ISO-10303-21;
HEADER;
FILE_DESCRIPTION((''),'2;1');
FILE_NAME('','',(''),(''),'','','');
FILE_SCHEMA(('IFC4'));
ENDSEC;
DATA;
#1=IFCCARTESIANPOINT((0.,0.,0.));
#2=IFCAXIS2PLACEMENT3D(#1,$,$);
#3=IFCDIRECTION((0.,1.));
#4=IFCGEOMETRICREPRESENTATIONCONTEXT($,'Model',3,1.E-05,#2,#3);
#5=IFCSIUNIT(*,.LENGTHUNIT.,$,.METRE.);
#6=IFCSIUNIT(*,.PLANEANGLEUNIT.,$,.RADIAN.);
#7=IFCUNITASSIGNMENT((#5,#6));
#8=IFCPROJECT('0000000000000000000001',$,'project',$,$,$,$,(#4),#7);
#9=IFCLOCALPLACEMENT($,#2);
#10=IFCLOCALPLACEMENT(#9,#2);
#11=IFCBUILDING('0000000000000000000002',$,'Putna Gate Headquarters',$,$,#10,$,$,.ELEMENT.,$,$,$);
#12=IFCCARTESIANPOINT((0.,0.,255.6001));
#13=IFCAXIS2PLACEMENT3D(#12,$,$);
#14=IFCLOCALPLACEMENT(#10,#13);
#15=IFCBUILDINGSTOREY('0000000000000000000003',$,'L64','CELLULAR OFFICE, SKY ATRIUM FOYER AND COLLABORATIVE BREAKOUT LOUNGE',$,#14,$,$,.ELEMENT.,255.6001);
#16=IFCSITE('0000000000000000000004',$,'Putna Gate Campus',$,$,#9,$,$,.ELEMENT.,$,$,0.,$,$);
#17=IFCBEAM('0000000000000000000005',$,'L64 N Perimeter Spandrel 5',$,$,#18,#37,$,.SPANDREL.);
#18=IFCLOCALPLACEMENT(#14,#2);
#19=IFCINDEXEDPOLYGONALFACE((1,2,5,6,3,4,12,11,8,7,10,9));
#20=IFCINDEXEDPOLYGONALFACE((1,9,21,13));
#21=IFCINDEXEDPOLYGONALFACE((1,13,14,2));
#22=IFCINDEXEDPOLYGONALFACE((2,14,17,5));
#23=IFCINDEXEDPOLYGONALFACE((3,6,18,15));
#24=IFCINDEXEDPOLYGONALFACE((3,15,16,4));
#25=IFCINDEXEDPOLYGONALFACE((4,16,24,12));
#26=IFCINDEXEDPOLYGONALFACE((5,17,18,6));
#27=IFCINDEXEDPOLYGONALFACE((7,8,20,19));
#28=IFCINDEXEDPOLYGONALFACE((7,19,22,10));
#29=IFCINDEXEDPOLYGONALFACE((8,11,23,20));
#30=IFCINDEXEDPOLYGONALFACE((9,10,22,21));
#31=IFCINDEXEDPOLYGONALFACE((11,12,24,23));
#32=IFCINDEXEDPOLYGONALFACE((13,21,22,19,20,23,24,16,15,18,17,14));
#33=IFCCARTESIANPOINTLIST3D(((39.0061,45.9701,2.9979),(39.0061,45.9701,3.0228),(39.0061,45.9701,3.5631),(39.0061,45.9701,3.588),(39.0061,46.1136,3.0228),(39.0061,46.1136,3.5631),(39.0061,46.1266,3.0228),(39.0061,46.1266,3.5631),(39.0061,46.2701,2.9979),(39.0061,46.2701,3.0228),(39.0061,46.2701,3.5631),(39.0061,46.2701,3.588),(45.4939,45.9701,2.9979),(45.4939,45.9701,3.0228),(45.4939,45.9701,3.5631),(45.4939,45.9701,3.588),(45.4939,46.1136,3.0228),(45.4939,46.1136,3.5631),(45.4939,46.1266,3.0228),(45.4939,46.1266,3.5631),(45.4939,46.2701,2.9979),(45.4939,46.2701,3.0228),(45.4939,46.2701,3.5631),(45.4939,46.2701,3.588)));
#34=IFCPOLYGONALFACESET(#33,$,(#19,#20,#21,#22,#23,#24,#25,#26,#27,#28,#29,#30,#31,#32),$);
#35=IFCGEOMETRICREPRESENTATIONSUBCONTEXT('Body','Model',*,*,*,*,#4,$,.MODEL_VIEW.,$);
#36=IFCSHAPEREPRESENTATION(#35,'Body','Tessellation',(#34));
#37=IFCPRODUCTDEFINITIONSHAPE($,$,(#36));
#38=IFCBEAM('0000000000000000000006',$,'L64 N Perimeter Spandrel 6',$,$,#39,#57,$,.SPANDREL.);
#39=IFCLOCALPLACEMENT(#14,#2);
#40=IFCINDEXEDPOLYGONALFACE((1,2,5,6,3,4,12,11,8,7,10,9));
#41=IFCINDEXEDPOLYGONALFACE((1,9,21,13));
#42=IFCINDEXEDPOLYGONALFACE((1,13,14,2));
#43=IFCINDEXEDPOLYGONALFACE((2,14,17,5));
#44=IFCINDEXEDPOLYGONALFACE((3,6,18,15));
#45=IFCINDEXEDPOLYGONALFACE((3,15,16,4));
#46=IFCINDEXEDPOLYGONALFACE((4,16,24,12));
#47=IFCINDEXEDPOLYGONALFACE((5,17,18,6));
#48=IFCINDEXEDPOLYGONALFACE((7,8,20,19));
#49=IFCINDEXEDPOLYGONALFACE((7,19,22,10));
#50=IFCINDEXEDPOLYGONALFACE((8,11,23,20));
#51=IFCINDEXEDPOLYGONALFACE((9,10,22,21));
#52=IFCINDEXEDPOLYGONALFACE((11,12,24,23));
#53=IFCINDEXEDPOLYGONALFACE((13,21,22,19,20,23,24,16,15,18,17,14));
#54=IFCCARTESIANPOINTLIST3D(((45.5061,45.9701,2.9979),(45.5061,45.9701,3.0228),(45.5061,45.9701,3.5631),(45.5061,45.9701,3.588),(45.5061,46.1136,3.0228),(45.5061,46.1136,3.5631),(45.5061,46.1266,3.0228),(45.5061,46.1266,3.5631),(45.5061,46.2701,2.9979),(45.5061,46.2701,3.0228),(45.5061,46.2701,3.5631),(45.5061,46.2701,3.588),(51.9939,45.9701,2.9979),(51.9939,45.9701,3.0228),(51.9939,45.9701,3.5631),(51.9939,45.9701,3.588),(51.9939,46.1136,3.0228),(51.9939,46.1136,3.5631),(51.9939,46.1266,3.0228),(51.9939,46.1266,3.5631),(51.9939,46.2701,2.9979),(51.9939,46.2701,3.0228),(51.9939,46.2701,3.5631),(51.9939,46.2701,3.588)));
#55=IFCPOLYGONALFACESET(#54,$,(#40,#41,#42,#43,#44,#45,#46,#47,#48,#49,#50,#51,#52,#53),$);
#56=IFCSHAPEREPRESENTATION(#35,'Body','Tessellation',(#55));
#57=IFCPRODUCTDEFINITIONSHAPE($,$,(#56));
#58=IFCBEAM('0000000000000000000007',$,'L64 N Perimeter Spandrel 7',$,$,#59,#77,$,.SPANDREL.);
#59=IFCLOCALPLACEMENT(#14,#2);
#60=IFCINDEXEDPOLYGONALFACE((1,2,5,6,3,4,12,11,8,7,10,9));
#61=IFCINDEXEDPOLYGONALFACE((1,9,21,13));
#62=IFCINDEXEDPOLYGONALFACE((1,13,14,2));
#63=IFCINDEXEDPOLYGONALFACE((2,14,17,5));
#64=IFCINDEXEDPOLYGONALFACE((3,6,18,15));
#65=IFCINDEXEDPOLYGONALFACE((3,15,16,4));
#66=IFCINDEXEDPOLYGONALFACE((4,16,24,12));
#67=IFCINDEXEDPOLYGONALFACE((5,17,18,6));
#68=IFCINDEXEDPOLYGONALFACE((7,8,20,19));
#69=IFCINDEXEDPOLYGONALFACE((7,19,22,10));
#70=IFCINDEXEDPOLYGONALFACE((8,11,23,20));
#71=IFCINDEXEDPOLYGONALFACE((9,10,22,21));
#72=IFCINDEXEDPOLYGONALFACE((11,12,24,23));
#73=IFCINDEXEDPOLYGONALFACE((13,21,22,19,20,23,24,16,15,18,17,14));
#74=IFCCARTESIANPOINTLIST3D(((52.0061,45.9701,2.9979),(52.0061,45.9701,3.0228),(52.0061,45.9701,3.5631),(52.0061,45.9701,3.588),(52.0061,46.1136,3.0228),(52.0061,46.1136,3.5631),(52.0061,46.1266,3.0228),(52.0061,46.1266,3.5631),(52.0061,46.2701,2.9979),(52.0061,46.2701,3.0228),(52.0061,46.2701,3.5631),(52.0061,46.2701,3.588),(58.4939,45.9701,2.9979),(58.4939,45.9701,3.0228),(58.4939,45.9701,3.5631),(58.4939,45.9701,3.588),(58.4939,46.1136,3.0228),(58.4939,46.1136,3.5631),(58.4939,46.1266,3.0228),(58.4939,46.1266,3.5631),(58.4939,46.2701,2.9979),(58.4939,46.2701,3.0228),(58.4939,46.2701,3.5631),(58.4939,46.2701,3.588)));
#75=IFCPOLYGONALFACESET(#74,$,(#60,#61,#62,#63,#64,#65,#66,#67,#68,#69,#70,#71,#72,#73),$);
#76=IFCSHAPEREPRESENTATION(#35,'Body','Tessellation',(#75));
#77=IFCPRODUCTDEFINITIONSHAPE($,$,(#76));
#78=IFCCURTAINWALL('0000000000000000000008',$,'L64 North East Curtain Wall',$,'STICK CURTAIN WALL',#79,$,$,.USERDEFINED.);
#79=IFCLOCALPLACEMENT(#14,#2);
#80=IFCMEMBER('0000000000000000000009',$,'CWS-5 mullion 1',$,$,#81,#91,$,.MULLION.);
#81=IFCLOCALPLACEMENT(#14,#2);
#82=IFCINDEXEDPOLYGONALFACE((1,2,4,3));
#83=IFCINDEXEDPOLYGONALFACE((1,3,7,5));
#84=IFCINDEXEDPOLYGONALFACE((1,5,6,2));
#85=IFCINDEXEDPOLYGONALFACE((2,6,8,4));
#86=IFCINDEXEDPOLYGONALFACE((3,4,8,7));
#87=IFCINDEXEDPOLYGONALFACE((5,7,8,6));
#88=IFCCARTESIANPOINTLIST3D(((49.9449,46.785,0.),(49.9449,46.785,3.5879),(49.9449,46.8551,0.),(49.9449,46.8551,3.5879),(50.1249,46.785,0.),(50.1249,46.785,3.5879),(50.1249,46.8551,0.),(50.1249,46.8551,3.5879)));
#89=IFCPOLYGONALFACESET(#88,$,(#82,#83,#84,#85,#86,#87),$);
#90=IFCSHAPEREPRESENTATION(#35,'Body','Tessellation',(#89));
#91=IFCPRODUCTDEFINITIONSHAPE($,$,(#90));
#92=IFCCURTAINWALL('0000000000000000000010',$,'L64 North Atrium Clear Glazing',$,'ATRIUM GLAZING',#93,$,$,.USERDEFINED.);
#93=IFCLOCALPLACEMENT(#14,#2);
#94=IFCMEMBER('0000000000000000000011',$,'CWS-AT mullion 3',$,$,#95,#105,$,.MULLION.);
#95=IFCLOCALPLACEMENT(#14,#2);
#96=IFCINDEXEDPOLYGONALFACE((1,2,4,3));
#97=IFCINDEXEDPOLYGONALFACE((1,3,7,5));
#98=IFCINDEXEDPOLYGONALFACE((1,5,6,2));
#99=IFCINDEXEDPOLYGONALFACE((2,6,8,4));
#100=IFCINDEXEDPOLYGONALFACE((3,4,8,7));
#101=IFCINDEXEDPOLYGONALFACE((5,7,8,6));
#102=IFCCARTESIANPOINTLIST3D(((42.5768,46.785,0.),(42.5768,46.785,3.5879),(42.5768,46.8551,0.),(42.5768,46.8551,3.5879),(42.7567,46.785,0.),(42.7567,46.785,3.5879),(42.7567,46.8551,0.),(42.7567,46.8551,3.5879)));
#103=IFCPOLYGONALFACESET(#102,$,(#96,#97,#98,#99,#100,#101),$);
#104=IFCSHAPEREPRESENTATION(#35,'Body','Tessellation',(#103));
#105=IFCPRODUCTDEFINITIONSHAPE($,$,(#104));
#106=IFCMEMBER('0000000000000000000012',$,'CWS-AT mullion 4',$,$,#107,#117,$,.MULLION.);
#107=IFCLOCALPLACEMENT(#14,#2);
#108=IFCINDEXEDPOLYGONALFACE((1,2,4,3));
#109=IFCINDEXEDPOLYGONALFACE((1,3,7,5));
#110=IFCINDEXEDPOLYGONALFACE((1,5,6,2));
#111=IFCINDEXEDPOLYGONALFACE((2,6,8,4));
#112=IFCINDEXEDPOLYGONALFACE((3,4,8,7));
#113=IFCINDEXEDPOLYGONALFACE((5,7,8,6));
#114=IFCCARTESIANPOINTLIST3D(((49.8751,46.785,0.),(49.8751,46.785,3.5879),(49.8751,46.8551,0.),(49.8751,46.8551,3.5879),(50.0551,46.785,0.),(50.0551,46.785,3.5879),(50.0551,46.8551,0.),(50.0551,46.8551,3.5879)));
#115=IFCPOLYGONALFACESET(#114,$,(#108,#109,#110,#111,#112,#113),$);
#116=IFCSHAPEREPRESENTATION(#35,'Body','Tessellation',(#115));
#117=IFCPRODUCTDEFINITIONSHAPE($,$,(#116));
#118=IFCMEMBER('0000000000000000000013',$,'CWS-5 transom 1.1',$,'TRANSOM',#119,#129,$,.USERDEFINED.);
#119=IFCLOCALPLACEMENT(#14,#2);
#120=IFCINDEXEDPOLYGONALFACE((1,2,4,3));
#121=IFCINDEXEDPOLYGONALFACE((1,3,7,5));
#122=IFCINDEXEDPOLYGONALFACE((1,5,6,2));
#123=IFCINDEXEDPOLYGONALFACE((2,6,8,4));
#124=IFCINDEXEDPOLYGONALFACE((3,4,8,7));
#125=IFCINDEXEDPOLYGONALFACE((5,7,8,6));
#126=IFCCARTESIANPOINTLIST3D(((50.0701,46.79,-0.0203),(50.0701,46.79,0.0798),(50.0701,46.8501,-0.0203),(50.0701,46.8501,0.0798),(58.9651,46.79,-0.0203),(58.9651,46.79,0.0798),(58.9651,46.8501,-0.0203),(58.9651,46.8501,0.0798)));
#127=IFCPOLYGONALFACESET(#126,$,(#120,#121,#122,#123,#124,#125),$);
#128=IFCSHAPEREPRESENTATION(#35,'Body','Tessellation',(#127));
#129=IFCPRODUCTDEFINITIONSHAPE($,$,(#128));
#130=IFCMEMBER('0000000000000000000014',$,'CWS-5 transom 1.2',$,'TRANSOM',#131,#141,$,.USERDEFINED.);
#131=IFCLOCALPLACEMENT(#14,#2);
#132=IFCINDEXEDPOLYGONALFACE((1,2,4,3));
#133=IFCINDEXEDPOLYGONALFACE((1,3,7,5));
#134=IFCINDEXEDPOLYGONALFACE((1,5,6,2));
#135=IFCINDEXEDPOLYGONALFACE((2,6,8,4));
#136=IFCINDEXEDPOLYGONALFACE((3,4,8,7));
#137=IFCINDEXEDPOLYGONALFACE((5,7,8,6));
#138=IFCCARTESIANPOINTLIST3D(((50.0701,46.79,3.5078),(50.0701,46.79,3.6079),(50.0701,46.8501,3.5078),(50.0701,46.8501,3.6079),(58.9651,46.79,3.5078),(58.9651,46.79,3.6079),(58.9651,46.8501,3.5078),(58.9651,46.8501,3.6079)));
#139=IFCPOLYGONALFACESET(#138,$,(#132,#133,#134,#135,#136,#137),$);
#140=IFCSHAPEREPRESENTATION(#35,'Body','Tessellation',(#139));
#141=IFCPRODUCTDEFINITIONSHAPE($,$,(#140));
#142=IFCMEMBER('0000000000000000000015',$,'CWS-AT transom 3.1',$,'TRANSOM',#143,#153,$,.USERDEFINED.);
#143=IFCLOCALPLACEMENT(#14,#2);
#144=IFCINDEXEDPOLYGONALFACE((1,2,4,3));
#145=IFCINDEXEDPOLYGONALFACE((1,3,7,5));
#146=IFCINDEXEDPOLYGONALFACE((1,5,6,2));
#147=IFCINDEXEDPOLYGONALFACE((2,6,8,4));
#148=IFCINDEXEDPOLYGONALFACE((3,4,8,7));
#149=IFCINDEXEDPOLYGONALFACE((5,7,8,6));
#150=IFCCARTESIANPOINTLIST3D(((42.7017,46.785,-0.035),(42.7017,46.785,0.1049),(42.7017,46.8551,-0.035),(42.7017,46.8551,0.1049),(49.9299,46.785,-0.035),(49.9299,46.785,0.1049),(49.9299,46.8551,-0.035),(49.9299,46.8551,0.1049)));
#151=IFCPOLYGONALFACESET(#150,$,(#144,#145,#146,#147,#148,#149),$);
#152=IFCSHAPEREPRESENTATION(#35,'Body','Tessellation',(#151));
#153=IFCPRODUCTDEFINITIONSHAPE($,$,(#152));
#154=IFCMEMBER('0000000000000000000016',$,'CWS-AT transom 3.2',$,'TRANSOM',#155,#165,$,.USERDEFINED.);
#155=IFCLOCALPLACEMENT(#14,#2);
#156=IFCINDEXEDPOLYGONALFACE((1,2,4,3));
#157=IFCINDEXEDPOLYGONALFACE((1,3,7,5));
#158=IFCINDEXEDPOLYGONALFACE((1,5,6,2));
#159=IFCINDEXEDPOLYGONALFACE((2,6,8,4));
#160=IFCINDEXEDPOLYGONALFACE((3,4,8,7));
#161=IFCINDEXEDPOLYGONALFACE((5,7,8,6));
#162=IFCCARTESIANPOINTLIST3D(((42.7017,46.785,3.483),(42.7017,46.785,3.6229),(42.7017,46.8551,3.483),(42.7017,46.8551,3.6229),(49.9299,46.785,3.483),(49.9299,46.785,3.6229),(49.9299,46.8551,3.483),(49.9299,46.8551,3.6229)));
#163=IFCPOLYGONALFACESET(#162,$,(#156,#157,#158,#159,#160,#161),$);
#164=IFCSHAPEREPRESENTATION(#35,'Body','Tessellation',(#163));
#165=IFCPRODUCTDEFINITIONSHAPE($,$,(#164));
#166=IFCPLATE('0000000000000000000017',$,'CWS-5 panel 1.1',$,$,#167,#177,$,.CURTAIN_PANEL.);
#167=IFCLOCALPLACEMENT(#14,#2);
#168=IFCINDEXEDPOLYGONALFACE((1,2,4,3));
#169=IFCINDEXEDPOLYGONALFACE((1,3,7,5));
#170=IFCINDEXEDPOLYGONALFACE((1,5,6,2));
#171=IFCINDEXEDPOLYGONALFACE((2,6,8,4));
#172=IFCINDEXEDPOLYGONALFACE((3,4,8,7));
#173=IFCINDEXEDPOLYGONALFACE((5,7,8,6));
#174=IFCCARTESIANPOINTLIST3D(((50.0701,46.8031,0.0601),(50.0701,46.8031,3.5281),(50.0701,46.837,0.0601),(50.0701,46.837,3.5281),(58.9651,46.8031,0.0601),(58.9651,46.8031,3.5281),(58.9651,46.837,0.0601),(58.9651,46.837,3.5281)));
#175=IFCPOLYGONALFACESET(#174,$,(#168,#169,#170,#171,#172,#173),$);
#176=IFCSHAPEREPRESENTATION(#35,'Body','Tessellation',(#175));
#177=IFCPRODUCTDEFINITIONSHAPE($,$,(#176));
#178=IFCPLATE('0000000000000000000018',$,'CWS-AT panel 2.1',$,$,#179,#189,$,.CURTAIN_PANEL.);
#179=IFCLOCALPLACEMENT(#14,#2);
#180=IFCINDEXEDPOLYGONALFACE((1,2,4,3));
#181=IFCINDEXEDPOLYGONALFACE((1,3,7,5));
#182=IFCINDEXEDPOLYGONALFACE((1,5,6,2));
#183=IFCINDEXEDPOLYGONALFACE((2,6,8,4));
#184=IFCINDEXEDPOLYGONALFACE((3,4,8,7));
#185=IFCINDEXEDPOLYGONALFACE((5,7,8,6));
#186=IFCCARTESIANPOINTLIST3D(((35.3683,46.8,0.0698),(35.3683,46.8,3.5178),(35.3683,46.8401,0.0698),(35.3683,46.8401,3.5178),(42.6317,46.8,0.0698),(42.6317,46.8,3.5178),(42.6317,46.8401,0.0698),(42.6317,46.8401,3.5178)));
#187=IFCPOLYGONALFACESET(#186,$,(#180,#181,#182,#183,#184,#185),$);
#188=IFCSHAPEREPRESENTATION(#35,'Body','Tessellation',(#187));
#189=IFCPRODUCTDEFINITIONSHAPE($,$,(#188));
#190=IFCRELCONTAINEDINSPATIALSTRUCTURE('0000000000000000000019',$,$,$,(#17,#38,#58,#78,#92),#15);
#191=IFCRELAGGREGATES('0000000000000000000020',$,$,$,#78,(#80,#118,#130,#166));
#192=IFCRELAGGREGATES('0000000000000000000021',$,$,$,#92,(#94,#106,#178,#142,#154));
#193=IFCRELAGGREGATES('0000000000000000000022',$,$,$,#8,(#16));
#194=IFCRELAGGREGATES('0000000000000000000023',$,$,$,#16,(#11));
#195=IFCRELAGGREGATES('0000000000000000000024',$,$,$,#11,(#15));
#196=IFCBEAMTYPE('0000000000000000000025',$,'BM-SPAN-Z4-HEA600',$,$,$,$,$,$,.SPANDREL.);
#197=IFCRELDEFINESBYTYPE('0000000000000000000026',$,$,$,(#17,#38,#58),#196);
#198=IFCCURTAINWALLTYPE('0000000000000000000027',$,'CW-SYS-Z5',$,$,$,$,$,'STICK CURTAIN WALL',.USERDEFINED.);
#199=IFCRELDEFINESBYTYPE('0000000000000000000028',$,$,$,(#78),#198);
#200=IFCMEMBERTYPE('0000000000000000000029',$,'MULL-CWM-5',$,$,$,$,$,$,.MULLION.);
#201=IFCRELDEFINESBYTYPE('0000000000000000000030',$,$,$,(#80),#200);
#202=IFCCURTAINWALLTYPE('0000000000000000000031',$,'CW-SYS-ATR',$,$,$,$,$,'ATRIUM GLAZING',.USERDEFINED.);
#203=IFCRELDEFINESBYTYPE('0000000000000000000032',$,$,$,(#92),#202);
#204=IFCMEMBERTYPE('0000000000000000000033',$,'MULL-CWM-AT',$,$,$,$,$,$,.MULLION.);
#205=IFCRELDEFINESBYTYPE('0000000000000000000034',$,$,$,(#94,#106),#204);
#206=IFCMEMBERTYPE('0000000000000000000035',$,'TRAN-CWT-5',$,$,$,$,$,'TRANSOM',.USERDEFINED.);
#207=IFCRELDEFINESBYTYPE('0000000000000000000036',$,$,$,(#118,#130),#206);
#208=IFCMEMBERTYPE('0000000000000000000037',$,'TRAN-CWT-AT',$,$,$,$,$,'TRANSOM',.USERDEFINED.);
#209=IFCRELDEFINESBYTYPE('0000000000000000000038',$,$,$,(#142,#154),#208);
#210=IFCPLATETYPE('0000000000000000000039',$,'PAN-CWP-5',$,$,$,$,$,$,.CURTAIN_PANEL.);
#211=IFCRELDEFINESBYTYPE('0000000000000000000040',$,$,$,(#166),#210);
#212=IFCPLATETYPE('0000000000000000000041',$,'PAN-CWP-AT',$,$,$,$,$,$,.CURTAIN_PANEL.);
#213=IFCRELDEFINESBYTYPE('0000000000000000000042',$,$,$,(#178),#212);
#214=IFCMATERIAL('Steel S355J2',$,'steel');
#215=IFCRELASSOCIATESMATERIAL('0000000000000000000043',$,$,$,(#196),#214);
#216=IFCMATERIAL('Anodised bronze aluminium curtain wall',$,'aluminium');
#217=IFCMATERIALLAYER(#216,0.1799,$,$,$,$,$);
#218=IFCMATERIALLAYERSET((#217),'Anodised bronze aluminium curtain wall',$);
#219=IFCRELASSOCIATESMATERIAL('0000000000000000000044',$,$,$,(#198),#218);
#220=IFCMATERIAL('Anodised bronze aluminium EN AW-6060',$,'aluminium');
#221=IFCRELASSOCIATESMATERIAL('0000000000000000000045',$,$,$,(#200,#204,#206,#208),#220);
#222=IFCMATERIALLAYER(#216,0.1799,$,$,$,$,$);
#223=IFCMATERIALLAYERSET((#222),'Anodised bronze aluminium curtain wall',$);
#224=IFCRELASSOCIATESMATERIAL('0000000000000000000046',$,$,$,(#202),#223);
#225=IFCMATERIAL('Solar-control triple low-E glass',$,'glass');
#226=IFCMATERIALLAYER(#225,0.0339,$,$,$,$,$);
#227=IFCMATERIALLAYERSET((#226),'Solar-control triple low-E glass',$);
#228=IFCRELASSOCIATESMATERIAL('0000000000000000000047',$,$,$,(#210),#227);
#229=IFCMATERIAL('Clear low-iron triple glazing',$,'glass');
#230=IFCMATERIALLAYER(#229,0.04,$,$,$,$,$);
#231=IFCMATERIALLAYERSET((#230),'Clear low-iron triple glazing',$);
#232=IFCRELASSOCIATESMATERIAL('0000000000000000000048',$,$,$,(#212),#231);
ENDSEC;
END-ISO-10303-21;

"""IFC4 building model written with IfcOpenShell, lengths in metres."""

from ifc_helpers import new_model, si_unit, direction, frame, origin, origin_2d, place, context, subcontext, project, spatial, rectangle, i_section, extrude, material, layer, layer_set, material_profile, profile_set, type_object, element, aggregate, save


model = new_model("IFC4")

# Units and contexts
model_context = context("Model", 3, precision=1e-05, world=origin(), true_north=direction((0.0, 1.0)))
body_context = subcontext(model_context, "Body", "Model", "MODEL_VIEW")
ifc_project = project(units=[si_unit("LENGTHUNIT", "METRE"), si_unit("PLANEANGLEUNIT", "RADIAN")], contexts=[model_context])

# Site, building, storey
site_placement = place(None, origin())
site = spatial("IfcSite", under=ifc_project, at=site_placement, Name="Putna Gate Campus", CompositionType="ELEMENT", RefElevation=0.0)
building_placement = place(site_placement, origin())
building = spatial("IfcBuilding", under=site, at=building_placement, Name="Putna Gate Headquarters", CompositionType="ELEMENT")
storey_placement = place(building_placement, frame((0.0, 0.0, 255.6001)))
storey = spatial("IfcBuildingStorey", under=building, at=storey_placement, Name="L64", Description="CELLULAR OFFICE, SKY ATRIUM FOYER AND COLLABORATIVE BREAKOUT LOUNGE", CompositionType="ELEMENT", Elevation=255.6001)

# Beams
ifc_material_1 = material(Name="Steel S355J2", Category="steel")
ifc_material_profile_1 = material_profile(ifc_material_1, i_section(OverallWidth=0.3, OverallDepth=0.5901, WebThickness=0.0129, FlangeThickness=0.0249, at=origin_2d()), Name="Steel S355J2")
ifc_profile_set_1 = profile_set([ifc_material_profile_1], Name="Steel S355J2")
beam_type_1 = type_object("IfcBeamType", Name="BM-SPAN-Z4-HEA600", PredefinedType="SPANDREL", material=ifc_profile_set_1)
for number, where, z_axis, x_axis, name in (
    (1, (39.0061, 46.1201, 3.293), (1.0, 0.0, 0.0), (0.0, 1.0, 0.0), "L64 N Perimeter Spandrel 5"),
    (2, (45.5061, 46.1201, 3.293), (1.0, 0.0, 0.0), (0.0, 1.0, 0.0), "L64 N Perimeter Spandrel 6"),
    (3, (52.0061, 46.1201, 3.293), (1.0, 0.0, 0.0), (0.0, 1.0, 0.0), "L64 N Perimeter Spandrel 7"),
):
    element("IfcBeam", number, at=place(storey_placement, frame(where, z_axis=z_axis, x_axis=x_axis)), inside=storey, type_object=beam_type_1, Name=name, PredefinedType="SPANDREL", context=body_context, shape_type="SweptSolid", body=[
        extrude(i_section(OverallWidth=0.3, OverallDepth=0.5901, WebThickness=0.0129, FlangeThickness=0.0249, at=origin_2d()), origin(), (0.0, 0.0, 1.0), 6.4878),
    ])

# Curtain wall, member
ifc_material_2 = material(Name="Anodised bronze aluminium curtain wall", Category="aluminium")
ifc_layer_1 = layer(ifc_material_2, 0.1799)
ifc_layer_set_1 = layer_set([ifc_layer_1], Name="Anodised bronze aluminium curtain wall")
curtain_wall_type_1 = type_object("IfcCurtainWallType", Name="CW-SYS-Z5", ElementType="STICK CURTAIN WALL", PredefinedType="USERDEFINED", material=ifc_layer_set_1)
curtain_wall_1_placement = place(storey_placement, origin())
curtain_wall_1 = element("IfcCurtainWall", 4, at=curtain_wall_1_placement, inside=storey, type_object=curtain_wall_type_1, Name="L64 North East Curtain Wall", ObjectType="STICK CURTAIN WALL", PredefinedType="USERDEFINED")
ifc_material_3 = material(Name="Anodised bronze aluminium EN AW-6060", Category="aluminium")
ifc_material_profile_2 = material_profile(ifc_material_3, rectangle(XDim=0.0701, YDim=0.1799, at=origin_2d()), Name="Anodised bronze aluminium EN AW-6060")
ifc_profile_set_2 = profile_set([ifc_material_profile_2], Name="Anodised bronze aluminium EN AW-6060")
member_type_1 = type_object("IfcMemberType", Name="MULL-CWM-5", PredefinedType="MULLION", material=ifc_profile_set_2)
member_1_placement = place(storey_placement, frame((50.0349, 46.8201, 0.0), z_axis=(0.0, 0.0, 1.0), x_axis=(0.0, 1.0, 0.0)))
member_1 = element("IfcMember", 5, at=member_1_placement, type_object=member_type_1, Name="CWS-5 mullion 1", PredefinedType="MULLION", context=body_context, shape_type="SweptSolid", body=[
    extrude(rectangle(XDim=0.0701, YDim=0.1799, at=origin_2d()), origin(), (0.0, 0.0, 1.0), 3.5879),
])

# Curtain wall, members
ifc_layer_2 = layer(ifc_material_2, 0.1799)
ifc_layer_set_2 = layer_set([ifc_layer_2], Name="Anodised bronze aluminium curtain wall")
curtain_wall_type_2 = type_object("IfcCurtainWallType", Name="CW-SYS-ATR", ElementType="ATRIUM GLAZING", PredefinedType="USERDEFINED", material=ifc_layer_set_2)
curtain_wall_2_placement = place(storey_placement, origin())
curtain_wall_2 = element("IfcCurtainWall", 6, at=curtain_wall_2_placement, inside=storey, type_object=curtain_wall_type_2, Name="L64 North Atrium Clear Glazing", ObjectType="ATRIUM GLAZING", PredefinedType="USERDEFINED")
ifc_material_profile_3 = material_profile(ifc_material_3, rectangle(XDim=0.0701, YDim=0.1799, at=origin_2d()), Name="Anodised bronze aluminium EN AW-6060")
ifc_profile_set_3 = profile_set([ifc_material_profile_3], Name="Anodised bronze aluminium EN AW-6060")
member_type_2 = type_object("IfcMemberType", Name="MULL-CWM-AT", PredefinedType="MULLION", material=ifc_profile_set_3)
member_2_placement = place(storey_placement, frame((42.6667, 46.8201, 0.0), z_axis=(0.0, 0.0, 1.0), x_axis=(0.0, 1.0, 0.0)))
member_2 = element("IfcMember", 7, at=member_2_placement, type_object=member_type_2, Name="CWS-AT mullion 3", PredefinedType="MULLION", context=body_context, shape_type="SweptSolid", body=[
    extrude(rectangle(XDim=0.0701, YDim=0.1799, at=origin_2d()), origin(), (0.0, 0.0, 1.0), 3.5879),
])
member_3_placement = place(storey_placement, frame((49.9651, 46.8201, 0.0), z_axis=(0.0, 0.0, 1.0), x_axis=(0.0, 1.0, 0.0)))
member_3 = element("IfcMember", 8, at=member_3_placement, type_object=member_type_2, Name="CWS-AT mullion 4", PredefinedType="MULLION", context=body_context, shape_type="SweptSolid", body=[
    extrude(rectangle(XDim=0.0701, YDim=0.1799, at=origin_2d()), origin(), (0.0, 0.0, 1.0), 3.5879),
])

# Members
ifc_material_profile_4 = material_profile(ifc_material_3, rectangle(XDim=0.0601, YDim=0.1001, at=origin_2d()), Name="Anodised bronze aluminium EN AW-6060")
ifc_profile_set_4 = profile_set([ifc_material_profile_4], Name="Anodised bronze aluminium EN AW-6060")
member_type_3 = type_object("IfcMemberType", Name="TRAN-CWT-5", ElementType="TRANSOM", PredefinedType="USERDEFINED", material=ifc_profile_set_4)
member_4_placement = place(storey_placement, frame((50.0701, 46.8201, 0.0298), z_axis=(1.0, 0.0, 0.0), x_axis=(0.0, 1.0, 0.0)))
member_4 = element("IfcMember", 9, at=member_4_placement, type_object=member_type_3, Name="CWS-5 transom 1.1", ObjectType="TRANSOM", PredefinedType="USERDEFINED", context=body_context, shape_type="SweptSolid", body=[
    extrude(rectangle(XDim=0.0601, YDim=0.1001, at=origin_2d()), origin(), (0.0, 0.0, 1.0), 8.895),
])
member_5_placement = place(storey_placement, frame((50.0701, 46.8201, 3.5579), z_axis=(1.0, 0.0, 0.0), x_axis=(0.0, 1.0, 0.0)))
member_5 = element("IfcMember", 10, at=member_5_placement, type_object=member_type_3, Name="CWS-5 transom 1.2", ObjectType="TRANSOM", PredefinedType="USERDEFINED", context=body_context, shape_type="SweptSolid", body=[
    extrude(rectangle(XDim=0.0601, YDim=0.1001, at=origin_2d()), origin(), (0.0, 0.0, 1.0), 8.895),
])
ifc_material_profile_5 = material_profile(ifc_material_3, rectangle(XDim=0.0701, YDim=0.1399, at=origin_2d()), Name="Anodised bronze aluminium EN AW-6060")
ifc_profile_set_5 = profile_set([ifc_material_profile_5], Name="Anodised bronze aluminium EN AW-6060")
member_type_4 = type_object("IfcMemberType", Name="TRAN-CWT-AT", ElementType="TRANSOM", PredefinedType="USERDEFINED", material=ifc_profile_set_5)
member_6_placement = place(storey_placement, frame((42.7017, 46.8201, 0.0349), z_axis=(1.0, 0.0, 0.0), x_axis=(0.0, 1.0, 0.0)))
member_6 = element("IfcMember", 11, at=member_6_placement, type_object=member_type_4, Name="CWS-AT transom 3.1", ObjectType="TRANSOM", PredefinedType="USERDEFINED", context=body_context, shape_type="SweptSolid", body=[
    extrude(rectangle(XDim=0.0701, YDim=0.1399, at=origin_2d()), origin(), (0.0, 0.0, 1.0), 7.2283),
])
member_7_placement = place(storey_placement, frame((42.7017, 46.8201, 3.553), z_axis=(1.0, 0.0, 0.0), x_axis=(0.0, 1.0, 0.0)))
member_7 = element("IfcMember", 12, at=member_7_placement, type_object=member_type_4, Name="CWS-AT transom 3.2", ObjectType="TRANSOM", PredefinedType="USERDEFINED", context=body_context, shape_type="SweptSolid", body=[
    extrude(rectangle(XDim=0.0701, YDim=0.1399, at=origin_2d()), origin(), (0.0, 0.0, 1.0), 7.2283),
])

# Plates
ifc_material_4 = material(Name="Solar-control triple low-E glass", Category="glass")
ifc_layer_3 = layer(ifc_material_4, 0.0339)
ifc_layer_set_3 = layer_set([ifc_layer_3], Name="Solar-control triple low-E glass")
plate_type_1 = type_object("IfcPlateType", Name="PAN-CWP-5", PredefinedType="CURTAIN_PANEL", material=ifc_layer_set_3)
plate_1_placement = place(storey_placement, frame((54.5176, 46.8201, 0.0601), z_axis=(0.0, 0.0, 1.0), x_axis=(1.0, 0.0, 0.0)))
plate_1 = element("IfcPlate", 13, at=plate_1_placement, type_object=plate_type_1, Name="CWS-5 panel 1.1", PredefinedType="CURTAIN_PANEL", context=body_context, shape_type="SweptSolid", body=[
    extrude(rectangle(XDim=8.895, YDim=0.0339, at=origin_2d()), origin(), (0.0, 0.0, 1.0), 3.468),
])
aggregate(curtain_wall_1, [member_1, member_4, member_5, plate_1])
ifc_material_5 = material(Name="Clear low-iron triple glazing", Category="glass")
ifc_layer_4 = layer(ifc_material_5, 0.04)
ifc_layer_set_4 = layer_set([ifc_layer_4], Name="Clear low-iron triple glazing")
plate_type_2 = type_object("IfcPlateType", Name="PAN-CWP-AT", PredefinedType="CURTAIN_PANEL", material=ifc_layer_set_4)
plate_2_placement = place(storey_placement, frame((39.0, 46.8201, 0.0698), z_axis=(0.0, 0.0, 1.0), x_axis=(1.0, 0.0, 0.0)))
plate_2 = element("IfcPlate", 14, at=plate_2_placement, type_object=plate_type_2, Name="CWS-AT panel 2.1", PredefinedType="CURTAIN_PANEL", context=body_context, shape_type="SweptSolid", body=[
    extrude(rectangle(XDim=7.2634, YDim=0.04, at=origin_2d()), origin(), (0.0, 0.0, 1.0), 3.448),
])
aggregate(curtain_wall_2, [member_2, member_3, plate_2, member_6, member_7])

save(model, "model.ifc")
